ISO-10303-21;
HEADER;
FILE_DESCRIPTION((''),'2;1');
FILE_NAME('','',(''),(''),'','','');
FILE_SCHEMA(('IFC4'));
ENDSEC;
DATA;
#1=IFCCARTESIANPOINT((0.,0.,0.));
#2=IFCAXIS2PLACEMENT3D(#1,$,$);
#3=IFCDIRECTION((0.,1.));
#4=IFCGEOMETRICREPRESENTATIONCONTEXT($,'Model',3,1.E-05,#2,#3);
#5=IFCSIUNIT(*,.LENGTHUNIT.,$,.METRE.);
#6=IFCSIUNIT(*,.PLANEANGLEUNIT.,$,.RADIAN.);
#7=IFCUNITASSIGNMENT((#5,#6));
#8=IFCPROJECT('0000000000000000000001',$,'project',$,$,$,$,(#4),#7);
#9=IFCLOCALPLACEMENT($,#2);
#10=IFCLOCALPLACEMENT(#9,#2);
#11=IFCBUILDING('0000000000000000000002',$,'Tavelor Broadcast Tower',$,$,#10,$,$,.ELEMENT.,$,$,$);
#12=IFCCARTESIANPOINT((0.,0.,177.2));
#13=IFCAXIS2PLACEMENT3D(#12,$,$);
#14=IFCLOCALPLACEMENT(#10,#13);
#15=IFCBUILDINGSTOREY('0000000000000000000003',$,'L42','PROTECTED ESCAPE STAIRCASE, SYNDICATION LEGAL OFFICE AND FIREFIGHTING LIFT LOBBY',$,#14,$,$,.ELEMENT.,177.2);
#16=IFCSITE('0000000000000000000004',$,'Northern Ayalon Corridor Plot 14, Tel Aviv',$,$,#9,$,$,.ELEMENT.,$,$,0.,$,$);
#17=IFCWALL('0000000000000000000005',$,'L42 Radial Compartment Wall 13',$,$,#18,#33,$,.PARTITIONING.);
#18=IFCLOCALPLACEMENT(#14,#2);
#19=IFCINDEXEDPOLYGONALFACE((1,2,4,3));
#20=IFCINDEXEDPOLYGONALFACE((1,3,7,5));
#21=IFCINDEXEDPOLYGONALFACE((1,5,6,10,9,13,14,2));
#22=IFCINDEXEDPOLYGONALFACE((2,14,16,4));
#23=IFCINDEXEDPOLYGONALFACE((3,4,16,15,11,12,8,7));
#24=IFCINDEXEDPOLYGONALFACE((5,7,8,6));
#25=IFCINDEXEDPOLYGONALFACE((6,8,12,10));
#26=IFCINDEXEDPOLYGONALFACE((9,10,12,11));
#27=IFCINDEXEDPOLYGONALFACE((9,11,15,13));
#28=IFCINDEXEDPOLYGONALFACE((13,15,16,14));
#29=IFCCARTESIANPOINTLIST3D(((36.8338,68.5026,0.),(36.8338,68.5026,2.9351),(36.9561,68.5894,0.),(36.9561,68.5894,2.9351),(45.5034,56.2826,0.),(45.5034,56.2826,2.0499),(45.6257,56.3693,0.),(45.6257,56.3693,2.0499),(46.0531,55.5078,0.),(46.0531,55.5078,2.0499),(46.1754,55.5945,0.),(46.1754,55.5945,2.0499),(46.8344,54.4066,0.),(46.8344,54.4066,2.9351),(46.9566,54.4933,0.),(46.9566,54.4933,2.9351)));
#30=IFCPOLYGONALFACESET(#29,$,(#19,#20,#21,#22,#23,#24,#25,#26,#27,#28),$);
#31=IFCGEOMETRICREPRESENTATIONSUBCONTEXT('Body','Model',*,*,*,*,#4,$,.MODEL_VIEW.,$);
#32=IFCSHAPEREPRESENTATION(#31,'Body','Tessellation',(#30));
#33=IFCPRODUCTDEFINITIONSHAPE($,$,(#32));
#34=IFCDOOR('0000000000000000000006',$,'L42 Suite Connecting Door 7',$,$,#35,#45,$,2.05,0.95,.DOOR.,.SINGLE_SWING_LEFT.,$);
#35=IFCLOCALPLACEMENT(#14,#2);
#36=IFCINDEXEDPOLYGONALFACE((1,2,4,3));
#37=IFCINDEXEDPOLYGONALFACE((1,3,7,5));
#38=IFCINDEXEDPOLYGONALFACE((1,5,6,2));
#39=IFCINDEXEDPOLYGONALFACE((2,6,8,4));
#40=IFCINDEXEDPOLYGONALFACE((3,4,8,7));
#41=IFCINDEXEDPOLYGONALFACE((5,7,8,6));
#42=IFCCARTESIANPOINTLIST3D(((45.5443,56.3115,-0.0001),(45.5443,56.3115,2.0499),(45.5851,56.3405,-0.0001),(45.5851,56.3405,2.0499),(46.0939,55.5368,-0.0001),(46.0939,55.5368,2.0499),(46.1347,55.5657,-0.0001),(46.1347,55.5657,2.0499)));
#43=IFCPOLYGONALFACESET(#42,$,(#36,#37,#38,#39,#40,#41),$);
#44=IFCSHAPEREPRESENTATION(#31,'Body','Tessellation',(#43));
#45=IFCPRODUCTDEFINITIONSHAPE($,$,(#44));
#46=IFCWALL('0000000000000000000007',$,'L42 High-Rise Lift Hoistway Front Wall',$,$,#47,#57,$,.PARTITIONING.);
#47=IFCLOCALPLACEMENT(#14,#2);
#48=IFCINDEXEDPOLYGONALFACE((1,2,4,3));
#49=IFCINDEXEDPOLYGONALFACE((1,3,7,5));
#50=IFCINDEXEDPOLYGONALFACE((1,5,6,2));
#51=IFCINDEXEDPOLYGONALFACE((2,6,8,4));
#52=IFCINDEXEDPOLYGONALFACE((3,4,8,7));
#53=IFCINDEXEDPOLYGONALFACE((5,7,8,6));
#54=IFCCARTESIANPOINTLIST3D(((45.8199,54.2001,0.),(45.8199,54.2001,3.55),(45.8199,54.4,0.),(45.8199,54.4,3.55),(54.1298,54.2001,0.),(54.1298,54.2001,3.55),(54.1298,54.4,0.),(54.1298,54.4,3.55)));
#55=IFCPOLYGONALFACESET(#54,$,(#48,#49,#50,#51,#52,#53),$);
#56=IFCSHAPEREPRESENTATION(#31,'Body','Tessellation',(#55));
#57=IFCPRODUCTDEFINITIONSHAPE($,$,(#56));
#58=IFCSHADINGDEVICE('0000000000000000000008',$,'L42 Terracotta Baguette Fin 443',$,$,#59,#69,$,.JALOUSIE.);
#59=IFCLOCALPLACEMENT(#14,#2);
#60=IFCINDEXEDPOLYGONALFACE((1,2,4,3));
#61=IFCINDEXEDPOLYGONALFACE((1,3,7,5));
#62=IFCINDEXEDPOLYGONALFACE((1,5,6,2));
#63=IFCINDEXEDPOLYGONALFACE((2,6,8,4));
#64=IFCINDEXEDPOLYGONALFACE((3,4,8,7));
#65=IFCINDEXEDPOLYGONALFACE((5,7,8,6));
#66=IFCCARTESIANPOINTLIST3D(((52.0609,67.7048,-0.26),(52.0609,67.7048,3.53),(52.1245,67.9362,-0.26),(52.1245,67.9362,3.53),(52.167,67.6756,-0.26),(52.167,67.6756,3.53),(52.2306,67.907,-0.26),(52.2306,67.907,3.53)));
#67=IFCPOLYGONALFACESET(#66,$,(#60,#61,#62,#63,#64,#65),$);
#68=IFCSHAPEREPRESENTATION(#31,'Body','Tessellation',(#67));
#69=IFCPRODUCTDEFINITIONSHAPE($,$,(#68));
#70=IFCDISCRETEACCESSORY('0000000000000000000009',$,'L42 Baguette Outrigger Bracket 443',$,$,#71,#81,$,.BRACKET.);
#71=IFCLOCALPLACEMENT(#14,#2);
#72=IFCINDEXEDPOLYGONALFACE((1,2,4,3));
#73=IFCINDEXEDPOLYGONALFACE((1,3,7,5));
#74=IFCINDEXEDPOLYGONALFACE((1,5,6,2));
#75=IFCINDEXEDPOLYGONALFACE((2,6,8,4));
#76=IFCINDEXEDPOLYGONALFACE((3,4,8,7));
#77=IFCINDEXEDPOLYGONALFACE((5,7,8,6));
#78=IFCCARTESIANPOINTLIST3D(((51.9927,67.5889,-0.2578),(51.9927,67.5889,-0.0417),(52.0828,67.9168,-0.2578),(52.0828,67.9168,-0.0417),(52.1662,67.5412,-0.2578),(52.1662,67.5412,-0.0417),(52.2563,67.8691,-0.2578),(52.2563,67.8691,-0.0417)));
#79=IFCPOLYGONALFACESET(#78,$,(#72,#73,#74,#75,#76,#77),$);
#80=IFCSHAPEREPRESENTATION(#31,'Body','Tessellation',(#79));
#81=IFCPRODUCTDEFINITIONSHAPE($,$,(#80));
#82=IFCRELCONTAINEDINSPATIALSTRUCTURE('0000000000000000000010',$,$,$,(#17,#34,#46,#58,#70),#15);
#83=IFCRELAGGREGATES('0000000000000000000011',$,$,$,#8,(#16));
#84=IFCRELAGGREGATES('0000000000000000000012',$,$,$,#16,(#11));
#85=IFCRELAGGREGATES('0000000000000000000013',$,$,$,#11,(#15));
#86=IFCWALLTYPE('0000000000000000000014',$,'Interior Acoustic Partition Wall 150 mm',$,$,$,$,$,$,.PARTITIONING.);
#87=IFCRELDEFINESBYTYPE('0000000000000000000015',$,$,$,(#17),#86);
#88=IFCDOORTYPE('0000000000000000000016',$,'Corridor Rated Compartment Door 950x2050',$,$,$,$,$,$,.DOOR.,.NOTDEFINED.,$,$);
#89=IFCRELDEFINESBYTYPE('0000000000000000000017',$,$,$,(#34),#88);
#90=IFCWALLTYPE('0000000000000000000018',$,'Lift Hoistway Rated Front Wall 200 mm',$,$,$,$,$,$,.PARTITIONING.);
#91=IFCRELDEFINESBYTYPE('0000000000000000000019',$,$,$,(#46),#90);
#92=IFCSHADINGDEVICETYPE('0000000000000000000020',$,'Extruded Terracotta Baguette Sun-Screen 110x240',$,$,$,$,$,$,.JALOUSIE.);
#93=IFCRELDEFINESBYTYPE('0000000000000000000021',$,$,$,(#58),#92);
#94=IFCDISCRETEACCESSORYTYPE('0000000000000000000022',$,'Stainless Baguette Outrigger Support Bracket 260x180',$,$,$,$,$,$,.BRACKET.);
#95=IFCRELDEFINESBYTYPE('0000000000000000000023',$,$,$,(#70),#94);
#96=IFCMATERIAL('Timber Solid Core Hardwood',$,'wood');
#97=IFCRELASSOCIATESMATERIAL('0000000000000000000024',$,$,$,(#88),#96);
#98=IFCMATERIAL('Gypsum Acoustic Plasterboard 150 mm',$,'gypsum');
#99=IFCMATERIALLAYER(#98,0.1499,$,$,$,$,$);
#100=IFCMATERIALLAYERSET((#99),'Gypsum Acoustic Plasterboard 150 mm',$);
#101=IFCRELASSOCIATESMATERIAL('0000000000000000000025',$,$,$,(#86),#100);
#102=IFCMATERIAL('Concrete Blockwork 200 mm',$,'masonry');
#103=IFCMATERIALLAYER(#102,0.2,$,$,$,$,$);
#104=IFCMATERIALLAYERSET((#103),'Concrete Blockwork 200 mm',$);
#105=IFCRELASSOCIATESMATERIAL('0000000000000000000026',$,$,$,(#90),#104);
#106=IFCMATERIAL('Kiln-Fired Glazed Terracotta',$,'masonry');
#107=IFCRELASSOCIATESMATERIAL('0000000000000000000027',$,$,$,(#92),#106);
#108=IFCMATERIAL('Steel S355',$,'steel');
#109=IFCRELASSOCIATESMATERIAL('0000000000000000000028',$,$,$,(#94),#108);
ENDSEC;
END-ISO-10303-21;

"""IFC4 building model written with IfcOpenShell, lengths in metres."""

from ifc_helpers import new_model, si_unit, direction, frame, frame_2d, origin, origin_2d, place, context, subcontext, project, spatial, rectangle, extrude, source, transform, mapped, material, layer, layer_set, type_object, type_shapes, element, fill, save


model = new_model("IFC4")

# Units and contexts
model_context = context("Model", 3, precision=1e-05, world=origin(), true_north=direction((0.0, 1.0)))
body_context = subcontext(model_context, "Body", "Model", "MODEL_VIEW")
ifc_project = project(units=[si_unit("LENGTHUNIT", "METRE"), si_unit("PLANEANGLEUNIT", "RADIAN")], contexts=[model_context])

# Site, building, storey
site_placement = place(None, origin())
site = spatial("IfcSite", under=ifc_project, at=site_placement, Name="Northern Ayalon Corridor Plot 14, Tel Aviv", CompositionType="ELEMENT", RefElevation=0.0)
building_placement = place(site_placement, origin())
building = spatial("IfcBuilding", under=site, at=building_placement, Name="Tavelor Broadcast Tower", CompositionType="ELEMENT")
storey_placement = place(building_placement, frame((0.0, 0.0, 177.2)))
storey = spatial("IfcBuildingStorey", under=building, at=storey_placement, Name="L42", Description="PROTECTED ESCAPE STAIRCASE, SYNDICATION LEGAL OFFICE AND FIREFIGHTING LIFT LOBBY", CompositionType="ELEMENT", Elevation=177.2)

# Shared definitions
ifc_material_1 = material(Name="Steel S355", Category="steel")

# Shared definitions
ifc_material_2 = material(Name="Timber Solid Core Hardwood", Category="wood")
door_type = type_object("IfcDoorType", Name="Corridor Rated Compartment Door 950x2050", OperationType="NOTDEFINED", PredefinedType="DOOR", material=ifc_material_2)

# Shared definitions
ifc_material_3 = material(Name="Gypsum Acoustic Plasterboard 150 mm", Category="gypsum")
ifc_layer_1 = layer(ifc_material_3, 0.1499)
ifc_layer_set_1 = layer_set([ifc_layer_1], Name="Gypsum Acoustic Plasterboard 150 mm")
wall_type_1 = type_object("IfcWallType", Name="Interior Acoustic Partition Wall 150 mm", PredefinedType="PARTITIONING", material=ifc_layer_set_1)

# Wall, opening, door
wall_1_placement = place(storey_placement, frame((46.8955, 54.45, 0.0), z_axis=(0.0, 0.0, 1.0), x_axis=(-0.578628, 0.815591, 0.0)))
wall_1 = element("IfcWall", 1, at=wall_1_placement, inside=storey, type_object=wall_type_1, Name="L42 Radial Compartment Wall 13", PredefinedType="PARTITIONING", context=body_context, shape_type="SweptSolid", body=[
    extrude(rectangle(XDim=17.2832, YDim=0.1499, at=frame_2d((8.6416, 0.0))), origin(), (0.0, 0.0, 1.0), 2.9351),
])
opening_1_placement = place(wall_1_placement, frame((1.3501, 0.0, 0.0)))
opening_1 = element("IfcOpeningElement", 2, at=opening_1_placement, cuts=wall_1, PredefinedType="OPENING", context=body_context, shape_type="SweptSolid", body=[
    extrude(rectangle(XDim=0.95, YDim=2.05, at=frame_2d((0.4751, 1.0249))), frame((0.0, 0.085, 0.0), z_axis=(0.0, -1.0, 0.0), x_axis=(1.0, 0.0, 0.0)), (0.0, 0.0, 1.0), 0.1699),
])
door_1_placement = place(opening_1_placement, origin())
door_1 = element("IfcDoor", 3, at=door_1_placement, inside=storey, type_object=door_type, Name="L42 Suite Connecting Door 7", OperationType="SINGLE_SWING_LEFT", OverallHeight=2.05, OverallWidth=0.95, PredefinedType="DOOR", context=body_context, shape_type="SweptSolid", body=[
    extrude(rectangle(XDim=0.95, YDim=2.05, at=frame_2d((0.4751, 1.0249))), frame((0.0, 0.0249, 0.0), z_axis=(0.0, -1.0, 0.0), x_axis=(1.0, 0.0, 0.0)), (0.0, 0.0, 1.0), 0.05),
])
fill(opening_1, door_1)

# Wall
ifc_material_4 = material(Name="Concrete Blockwork 200 mm", Category="masonry")
ifc_layer_2 = layer(ifc_material_4, 0.2)
ifc_layer_set_2 = layer_set([ifc_layer_2], Name="Concrete Blockwork 200 mm")
wall_type_2 = type_object("IfcWallType", Name="Lift Hoistway Rated Front Wall 200 mm", PredefinedType="PARTITIONING", material=ifc_layer_set_2)
wall_2_placement = place(storey_placement, frame((45.8201, 54.3, 0.0), z_axis=(0.0, 0.0, 1.0), x_axis=(1.0, 0.0, 0.0)))
element("IfcWall", 4, at=wall_2_placement, inside=storey, type_object=wall_type_2, Name="L42 High-Rise Lift Hoistway Front Wall", PredefinedType="PARTITIONING", context=body_context, shape_type="SweptSolid", body=[
    extrude(rectangle(XDim=8.3098, YDim=0.2, at=frame_2d((4.1548, 0.0))), origin(), (0.0, 0.0, 1.0), 3.55),
])

# Shading device
ifc_material_5 = material(Name="Kiln-Fired Glazed Terracotta", Category="masonry")
shading_device_type = type_object("IfcShadingDeviceType", Name="Extruded Terracotta Baguette Sun-Screen 110x240", PredefinedType="JALOUSIE", material=ifc_material_5)
shared_shape_1 = source(origin(), body_context, "Body", "SweptSolid", [
    extrude(rectangle(XDim=0.1101, YDim=0.24, at=origin_2d()), origin(), (0.0, 0.0, 1.0), 3.79),
])
type_shapes(shading_device_type, [shared_shape_1])
shading_device_placement = place(storey_placement, frame((52.1458, 67.8059, -0.26), z_axis=(0.0, 0.0, 1.0), x_axis=(-0.964234, 0.265051, 0.0)))
element("IfcShadingDevice", 5, at=shading_device_placement, inside=storey, type_object=shading_device_type, Name="L42 Terracotta Baguette Fin 443", PredefinedType="JALOUSIE", context=body_context, shape_type="MappedRepresentation", body=[
    mapped(shared_shape_1, transform((0.0, 0.0, 0.0), scale=1.0)),
])

# Discrete accessory
discrete_accessory_type = type_object("IfcDiscreteAccessoryType", Name="Stainless Baguette Outrigger Support Bracket 260x180", PredefinedType="BRACKET", material=ifc_material_1)
shared_shape_2 = source(origin(), body_context, "Body", "SweptSolid", [
    extrude(rectangle(XDim=0.1799, YDim=0.3401, at=origin_2d()), origin(), (0.0, 0.0, 1.0), 0.2161),
])
type_shapes(discrete_accessory_type, [shared_shape_2])
discrete_accessory_placement = place(storey_placement, frame((52.1245, 67.729, -0.2578), z_axis=(0.0, 0.0, 1.0), x_axis=(-0.964234, 0.265051, 0.0)))
element("IfcDiscreteAccessory", 6, at=discrete_accessory_placement, inside=storey, type_object=discrete_accessory_type, Name="L42 Baguette Outrigger Bracket 443", PredefinedType="BRACKET", context=body_context, shape_type="MappedRepresentation", body=[
    mapped(shared_shape_2, transform((0.0, 0.0, 0.0), scale=1.0)),
])

save(model, "model.ifc")
